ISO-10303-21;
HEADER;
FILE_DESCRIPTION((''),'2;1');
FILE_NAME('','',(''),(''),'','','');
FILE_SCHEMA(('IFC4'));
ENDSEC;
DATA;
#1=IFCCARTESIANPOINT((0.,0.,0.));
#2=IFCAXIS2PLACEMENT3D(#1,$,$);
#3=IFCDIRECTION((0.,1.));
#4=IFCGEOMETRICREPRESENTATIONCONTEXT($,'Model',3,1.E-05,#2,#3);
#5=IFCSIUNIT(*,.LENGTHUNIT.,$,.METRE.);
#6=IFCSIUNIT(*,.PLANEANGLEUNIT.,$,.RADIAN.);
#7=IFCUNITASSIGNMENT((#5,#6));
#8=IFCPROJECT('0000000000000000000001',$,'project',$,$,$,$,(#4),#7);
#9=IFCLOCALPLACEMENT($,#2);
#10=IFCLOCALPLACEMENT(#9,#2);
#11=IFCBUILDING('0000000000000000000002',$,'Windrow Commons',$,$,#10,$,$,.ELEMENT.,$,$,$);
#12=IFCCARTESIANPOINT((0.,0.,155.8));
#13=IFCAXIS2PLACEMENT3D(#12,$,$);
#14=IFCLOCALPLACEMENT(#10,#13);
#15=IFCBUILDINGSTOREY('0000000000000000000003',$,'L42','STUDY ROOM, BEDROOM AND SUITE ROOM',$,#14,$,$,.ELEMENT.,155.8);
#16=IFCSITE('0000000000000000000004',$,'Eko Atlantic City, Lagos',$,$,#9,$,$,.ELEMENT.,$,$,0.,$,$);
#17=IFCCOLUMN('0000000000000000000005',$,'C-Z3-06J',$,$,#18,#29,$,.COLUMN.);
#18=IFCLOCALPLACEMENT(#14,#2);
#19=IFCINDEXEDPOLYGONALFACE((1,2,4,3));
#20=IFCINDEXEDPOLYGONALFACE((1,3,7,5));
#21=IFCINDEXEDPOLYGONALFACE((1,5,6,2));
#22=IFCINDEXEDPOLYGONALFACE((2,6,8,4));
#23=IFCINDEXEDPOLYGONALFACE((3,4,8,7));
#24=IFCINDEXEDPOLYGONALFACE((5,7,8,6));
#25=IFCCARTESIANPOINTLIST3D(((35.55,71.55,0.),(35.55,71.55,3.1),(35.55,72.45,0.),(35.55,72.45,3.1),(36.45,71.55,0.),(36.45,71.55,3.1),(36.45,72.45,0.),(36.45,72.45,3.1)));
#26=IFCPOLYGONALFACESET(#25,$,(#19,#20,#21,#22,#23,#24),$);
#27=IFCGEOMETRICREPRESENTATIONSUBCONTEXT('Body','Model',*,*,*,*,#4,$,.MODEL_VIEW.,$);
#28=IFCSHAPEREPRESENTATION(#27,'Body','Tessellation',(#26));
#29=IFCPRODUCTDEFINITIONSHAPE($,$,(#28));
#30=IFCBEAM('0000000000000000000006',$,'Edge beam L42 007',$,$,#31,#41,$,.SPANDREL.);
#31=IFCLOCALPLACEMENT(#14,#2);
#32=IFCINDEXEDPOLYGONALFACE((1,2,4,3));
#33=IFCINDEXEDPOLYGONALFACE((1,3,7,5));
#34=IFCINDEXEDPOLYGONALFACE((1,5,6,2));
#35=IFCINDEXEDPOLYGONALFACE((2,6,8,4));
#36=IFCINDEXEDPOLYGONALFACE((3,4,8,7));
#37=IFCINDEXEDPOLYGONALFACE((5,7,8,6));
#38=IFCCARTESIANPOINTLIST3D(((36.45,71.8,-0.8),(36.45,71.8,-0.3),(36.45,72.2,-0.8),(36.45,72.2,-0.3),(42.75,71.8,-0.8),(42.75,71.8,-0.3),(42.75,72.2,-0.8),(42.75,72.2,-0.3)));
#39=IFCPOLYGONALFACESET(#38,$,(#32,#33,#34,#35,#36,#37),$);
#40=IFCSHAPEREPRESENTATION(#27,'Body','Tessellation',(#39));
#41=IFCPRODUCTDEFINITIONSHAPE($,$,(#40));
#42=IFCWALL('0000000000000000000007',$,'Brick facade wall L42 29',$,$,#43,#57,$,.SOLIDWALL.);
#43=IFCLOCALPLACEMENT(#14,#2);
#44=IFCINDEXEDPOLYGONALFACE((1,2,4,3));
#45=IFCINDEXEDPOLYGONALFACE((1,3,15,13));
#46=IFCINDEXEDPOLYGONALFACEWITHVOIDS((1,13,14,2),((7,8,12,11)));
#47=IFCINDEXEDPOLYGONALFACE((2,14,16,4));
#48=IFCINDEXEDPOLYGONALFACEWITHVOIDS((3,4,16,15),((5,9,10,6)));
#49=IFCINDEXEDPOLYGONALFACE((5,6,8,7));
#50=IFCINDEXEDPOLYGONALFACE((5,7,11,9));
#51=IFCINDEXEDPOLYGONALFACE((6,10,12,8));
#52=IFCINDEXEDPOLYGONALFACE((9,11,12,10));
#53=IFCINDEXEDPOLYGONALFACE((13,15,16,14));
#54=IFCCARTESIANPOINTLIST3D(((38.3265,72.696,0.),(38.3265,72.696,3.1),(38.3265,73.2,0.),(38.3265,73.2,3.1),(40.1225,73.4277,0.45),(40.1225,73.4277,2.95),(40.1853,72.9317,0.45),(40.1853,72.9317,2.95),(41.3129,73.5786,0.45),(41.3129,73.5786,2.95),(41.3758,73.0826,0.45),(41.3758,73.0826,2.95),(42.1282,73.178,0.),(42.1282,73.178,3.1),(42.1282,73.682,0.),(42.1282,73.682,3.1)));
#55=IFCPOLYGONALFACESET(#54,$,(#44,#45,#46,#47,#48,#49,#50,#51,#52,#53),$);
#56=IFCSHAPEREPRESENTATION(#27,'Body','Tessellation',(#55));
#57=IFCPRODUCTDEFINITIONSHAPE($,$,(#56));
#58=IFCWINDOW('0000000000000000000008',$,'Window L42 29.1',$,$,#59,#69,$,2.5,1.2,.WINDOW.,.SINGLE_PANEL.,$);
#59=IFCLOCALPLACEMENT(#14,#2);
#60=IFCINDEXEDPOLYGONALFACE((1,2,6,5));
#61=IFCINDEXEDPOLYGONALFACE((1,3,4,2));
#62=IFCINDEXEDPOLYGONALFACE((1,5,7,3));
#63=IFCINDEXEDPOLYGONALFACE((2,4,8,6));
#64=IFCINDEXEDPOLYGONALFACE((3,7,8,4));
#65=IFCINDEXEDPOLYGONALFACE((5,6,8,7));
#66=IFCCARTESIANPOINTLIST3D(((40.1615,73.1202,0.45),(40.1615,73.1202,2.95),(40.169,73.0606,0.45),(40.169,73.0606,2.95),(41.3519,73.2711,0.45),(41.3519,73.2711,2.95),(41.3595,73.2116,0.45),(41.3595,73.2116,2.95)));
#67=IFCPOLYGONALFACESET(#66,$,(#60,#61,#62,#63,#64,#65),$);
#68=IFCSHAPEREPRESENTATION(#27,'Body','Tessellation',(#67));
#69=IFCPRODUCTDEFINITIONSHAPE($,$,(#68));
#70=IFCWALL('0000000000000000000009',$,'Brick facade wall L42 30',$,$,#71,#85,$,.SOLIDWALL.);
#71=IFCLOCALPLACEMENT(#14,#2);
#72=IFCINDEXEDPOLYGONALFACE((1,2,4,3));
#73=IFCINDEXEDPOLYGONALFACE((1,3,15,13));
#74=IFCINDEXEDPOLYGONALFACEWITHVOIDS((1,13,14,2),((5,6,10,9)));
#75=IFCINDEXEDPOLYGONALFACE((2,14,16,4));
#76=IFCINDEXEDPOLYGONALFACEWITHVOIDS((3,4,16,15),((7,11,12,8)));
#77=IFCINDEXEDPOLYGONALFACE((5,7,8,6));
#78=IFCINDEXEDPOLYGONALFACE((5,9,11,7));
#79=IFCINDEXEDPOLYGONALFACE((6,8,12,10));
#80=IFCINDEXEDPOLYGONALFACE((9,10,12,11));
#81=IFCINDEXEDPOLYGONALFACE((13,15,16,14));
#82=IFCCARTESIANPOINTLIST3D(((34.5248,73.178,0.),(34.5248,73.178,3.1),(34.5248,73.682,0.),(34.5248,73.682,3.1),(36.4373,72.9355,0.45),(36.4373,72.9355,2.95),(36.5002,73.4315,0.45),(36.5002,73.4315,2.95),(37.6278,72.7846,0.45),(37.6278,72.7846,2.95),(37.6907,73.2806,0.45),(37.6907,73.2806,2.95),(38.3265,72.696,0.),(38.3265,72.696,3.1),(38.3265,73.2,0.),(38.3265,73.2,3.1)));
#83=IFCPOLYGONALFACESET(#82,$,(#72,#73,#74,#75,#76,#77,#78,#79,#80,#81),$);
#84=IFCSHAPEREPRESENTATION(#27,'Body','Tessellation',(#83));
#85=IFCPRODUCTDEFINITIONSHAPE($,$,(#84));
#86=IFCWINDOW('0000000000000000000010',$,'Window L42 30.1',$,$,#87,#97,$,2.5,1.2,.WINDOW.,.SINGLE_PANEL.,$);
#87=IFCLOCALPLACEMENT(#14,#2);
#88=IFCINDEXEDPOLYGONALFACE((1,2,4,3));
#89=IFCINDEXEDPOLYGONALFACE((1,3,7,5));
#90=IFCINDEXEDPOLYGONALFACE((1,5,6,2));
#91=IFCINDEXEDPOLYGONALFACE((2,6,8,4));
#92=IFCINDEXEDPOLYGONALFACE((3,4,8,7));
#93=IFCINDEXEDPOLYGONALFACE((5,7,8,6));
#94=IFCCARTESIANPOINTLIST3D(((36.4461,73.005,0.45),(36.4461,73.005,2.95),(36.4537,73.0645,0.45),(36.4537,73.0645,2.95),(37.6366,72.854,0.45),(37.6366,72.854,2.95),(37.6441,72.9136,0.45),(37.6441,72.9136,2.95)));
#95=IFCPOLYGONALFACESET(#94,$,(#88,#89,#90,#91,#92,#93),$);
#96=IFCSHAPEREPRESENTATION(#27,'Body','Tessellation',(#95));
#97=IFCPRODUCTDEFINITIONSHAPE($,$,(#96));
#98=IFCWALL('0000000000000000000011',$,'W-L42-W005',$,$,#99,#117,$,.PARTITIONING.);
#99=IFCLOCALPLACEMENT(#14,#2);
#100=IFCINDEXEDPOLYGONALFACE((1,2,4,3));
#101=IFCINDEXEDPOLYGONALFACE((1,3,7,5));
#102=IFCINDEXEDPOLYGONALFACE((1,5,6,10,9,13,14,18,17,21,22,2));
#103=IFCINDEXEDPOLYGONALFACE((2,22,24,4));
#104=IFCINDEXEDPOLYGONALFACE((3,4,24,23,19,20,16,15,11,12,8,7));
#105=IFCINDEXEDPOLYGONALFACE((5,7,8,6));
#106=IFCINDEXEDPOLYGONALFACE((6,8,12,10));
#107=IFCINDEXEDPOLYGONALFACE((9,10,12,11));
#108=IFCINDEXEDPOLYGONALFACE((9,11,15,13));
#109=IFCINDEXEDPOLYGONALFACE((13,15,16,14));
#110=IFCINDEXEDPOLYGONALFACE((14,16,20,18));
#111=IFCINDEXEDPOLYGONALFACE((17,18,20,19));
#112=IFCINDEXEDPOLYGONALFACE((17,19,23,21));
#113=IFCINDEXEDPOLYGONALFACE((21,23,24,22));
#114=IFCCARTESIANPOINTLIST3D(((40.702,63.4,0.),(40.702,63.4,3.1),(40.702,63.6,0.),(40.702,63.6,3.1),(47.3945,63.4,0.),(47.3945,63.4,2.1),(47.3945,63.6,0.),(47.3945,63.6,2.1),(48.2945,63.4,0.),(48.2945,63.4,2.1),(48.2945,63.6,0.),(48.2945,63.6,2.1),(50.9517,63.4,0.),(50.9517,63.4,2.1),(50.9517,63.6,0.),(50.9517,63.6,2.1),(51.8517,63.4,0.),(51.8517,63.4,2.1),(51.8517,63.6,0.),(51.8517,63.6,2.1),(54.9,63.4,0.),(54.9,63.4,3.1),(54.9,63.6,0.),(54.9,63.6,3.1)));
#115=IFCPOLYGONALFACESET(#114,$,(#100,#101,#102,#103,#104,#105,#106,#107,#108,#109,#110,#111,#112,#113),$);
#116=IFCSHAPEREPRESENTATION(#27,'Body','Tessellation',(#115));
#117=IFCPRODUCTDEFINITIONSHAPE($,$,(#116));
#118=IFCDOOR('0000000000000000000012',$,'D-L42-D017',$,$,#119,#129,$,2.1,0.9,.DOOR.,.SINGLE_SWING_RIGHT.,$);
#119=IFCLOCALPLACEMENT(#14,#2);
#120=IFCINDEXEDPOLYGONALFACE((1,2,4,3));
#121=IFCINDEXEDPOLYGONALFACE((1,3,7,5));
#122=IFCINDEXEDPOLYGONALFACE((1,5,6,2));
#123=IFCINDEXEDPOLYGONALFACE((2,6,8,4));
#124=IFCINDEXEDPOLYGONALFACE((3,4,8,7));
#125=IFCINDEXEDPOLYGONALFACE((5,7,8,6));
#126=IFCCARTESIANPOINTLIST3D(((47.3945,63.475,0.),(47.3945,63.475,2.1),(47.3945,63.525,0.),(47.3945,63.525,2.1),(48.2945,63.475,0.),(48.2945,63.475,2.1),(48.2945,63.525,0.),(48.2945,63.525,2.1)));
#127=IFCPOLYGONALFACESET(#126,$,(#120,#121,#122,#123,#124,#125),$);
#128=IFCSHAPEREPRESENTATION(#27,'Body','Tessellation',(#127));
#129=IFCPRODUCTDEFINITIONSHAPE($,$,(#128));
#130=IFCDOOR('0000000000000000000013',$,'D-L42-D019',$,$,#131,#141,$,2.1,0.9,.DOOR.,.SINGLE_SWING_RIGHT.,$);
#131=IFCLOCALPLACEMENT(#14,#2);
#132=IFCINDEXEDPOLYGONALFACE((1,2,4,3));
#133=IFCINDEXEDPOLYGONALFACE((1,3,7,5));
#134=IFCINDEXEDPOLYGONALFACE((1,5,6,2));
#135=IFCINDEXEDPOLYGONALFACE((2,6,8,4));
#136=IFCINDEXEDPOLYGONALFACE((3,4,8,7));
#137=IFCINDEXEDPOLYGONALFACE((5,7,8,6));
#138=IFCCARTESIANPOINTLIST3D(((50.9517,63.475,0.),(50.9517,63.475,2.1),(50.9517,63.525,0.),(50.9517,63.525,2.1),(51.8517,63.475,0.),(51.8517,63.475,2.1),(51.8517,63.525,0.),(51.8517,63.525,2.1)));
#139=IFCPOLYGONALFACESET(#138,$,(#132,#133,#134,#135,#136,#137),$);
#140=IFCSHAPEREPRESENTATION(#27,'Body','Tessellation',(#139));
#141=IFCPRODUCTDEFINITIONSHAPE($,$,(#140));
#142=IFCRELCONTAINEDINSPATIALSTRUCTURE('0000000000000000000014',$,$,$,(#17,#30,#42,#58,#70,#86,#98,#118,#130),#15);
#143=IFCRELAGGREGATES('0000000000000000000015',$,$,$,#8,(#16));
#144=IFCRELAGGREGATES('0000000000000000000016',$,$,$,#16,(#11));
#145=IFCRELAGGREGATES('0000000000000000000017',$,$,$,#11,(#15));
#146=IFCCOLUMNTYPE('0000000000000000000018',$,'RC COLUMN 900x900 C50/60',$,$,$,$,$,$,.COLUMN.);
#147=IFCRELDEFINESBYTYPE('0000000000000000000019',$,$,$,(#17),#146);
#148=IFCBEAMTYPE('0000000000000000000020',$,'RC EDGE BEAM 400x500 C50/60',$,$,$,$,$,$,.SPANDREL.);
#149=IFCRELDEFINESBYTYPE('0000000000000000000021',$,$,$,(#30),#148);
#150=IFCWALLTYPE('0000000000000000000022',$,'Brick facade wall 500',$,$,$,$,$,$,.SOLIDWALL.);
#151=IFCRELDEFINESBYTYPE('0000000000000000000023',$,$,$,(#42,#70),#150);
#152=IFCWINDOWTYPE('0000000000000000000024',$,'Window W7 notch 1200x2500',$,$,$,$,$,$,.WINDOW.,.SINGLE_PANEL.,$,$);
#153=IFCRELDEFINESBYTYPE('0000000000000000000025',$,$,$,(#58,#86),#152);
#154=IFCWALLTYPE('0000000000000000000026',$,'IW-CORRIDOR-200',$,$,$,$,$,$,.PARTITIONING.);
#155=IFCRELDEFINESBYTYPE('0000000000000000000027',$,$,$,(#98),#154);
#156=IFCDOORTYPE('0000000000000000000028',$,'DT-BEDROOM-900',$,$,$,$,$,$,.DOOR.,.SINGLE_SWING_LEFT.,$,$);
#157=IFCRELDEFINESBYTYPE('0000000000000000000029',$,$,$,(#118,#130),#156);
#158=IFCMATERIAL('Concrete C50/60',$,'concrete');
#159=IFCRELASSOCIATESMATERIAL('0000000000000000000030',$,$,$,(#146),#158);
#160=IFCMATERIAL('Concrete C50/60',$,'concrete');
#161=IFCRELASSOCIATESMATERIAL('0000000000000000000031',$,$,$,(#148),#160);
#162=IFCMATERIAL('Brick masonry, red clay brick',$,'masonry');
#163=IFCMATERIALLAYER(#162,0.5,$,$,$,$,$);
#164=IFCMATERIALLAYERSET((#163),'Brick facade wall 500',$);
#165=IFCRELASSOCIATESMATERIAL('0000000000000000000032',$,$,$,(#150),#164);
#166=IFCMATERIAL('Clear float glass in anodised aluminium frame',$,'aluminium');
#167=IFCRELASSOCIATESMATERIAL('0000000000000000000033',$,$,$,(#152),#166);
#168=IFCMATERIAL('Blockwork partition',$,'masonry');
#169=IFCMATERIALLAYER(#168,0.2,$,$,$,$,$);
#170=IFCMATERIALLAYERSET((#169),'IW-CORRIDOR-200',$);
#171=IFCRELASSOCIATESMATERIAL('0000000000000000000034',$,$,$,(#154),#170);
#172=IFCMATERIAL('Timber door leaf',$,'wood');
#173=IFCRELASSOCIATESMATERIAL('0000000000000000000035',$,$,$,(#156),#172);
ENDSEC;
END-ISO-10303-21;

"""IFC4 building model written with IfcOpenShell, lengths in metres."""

from ifc_helpers import new_model, si_unit, direction, frame, frame_2d, origin, origin_2d, place, context, subcontext, project, spatial, polyline, rectangle, outline, extrude, material, layer, layer_set, material_profile, profile_set, type_object, element, fill, save


model = new_model("IFC4")

# Units and contexts
model_context = context("Model", 3, precision=1e-05, world=origin(), true_north=direction((0.0, 1.0)))
body_context = subcontext(model_context, "Body", "Model", "MODEL_VIEW")
ifc_project = project(units=[si_unit("LENGTHUNIT", "METRE"), si_unit("PLANEANGLEUNIT", "RADIAN")], contexts=[model_context])

# Site, building, storey
site_placement = place(None, origin())
site = spatial("IfcSite", under=ifc_project, at=site_placement, Name="Eko Atlantic City, Lagos", CompositionType="ELEMENT", RefElevation=0.0)
building_placement = place(site_placement, origin())
building = spatial("IfcBuilding", under=site, at=building_placement, Name="Windrow Commons", CompositionType="ELEMENT")
storey_placement = place(building_placement, frame((0.0, 0.0, 155.8)))
storey = spatial("IfcBuildingStorey", under=building, at=storey_placement, Name="L42", Description="STUDY ROOM, BEDROOM AND SUITE ROOM", CompositionType="ELEMENT", Elevation=155.8)

# Column
ifc_material_1 = material(Name="Concrete C50/60", Category="concrete")
ifc_material_profile_1 = material_profile(ifc_material_1, rectangle(XDim=0.9, YDim=0.9, at=origin_2d()))
ifc_profile_set_1 = profile_set([ifc_material_profile_1], Name="Concrete C50/60")
column_type = type_object("IfcColumnType", Name="RC COLUMN 900x900 C50/60", PredefinedType="COLUMN", material=ifc_profile_set_1)
column_placement = place(storey_placement, frame((36.0, 72.0, 0.0), z_axis=(0.0, 0.0, 1.0), x_axis=(1.0, 0.0, 0.0)))
element("IfcColumn", 1, at=column_placement, inside=storey, type_object=column_type, Name="C-Z3-06J", PredefinedType="COLUMN", context=body_context, shape_type="SweptSolid", body=[
    extrude(rectangle(XDim=0.9, YDim=0.9, at=origin_2d()), origin(), (0.0, 0.0, 1.0), 3.1),
])

# Beam
ifc_material_2 = material(Name="Concrete C50/60", Category="concrete")
ifc_material_profile_2 = material_profile(ifc_material_2, rectangle(XDim=0.4, YDim=0.5, at=origin_2d()))
ifc_profile_set_2 = profile_set([ifc_material_profile_2], Name="Concrete C50/60")
beam_type = type_object("IfcBeamType", Name="RC EDGE BEAM 400x500 C50/60", PredefinedType="SPANDREL", material=ifc_profile_set_2)
beam_placement = place(storey_placement, frame((36.45, 72.0, -0.55), z_axis=(1.0, 0.0, 0.0), x_axis=(0.0, 1.0, 0.0)))
element("IfcBeam", 2, at=beam_placement, inside=storey, type_object=beam_type, Name="Edge beam L42 007", PredefinedType="SPANDREL", context=body_context, shape_type="SweptSolid", body=[
    extrude(rectangle(XDim=0.4, YDim=0.5, at=origin_2d()), origin(), (0.0, 0.0, 1.0), 6.3),
])

# Walls, openings, windows
ifc_material_3 = material(Name="Brick masonry, red clay brick", Category="masonry")
ifc_layer_1 = layer(ifc_material_3, 0.5)
ifc_layer_set_1 = layer_set([ifc_layer_1], Name="Brick facade wall 500")
wall_type_1 = type_object("IfcWallType", Name="Brick facade wall 500", PredefinedType="SOLIDWALL", material=ifc_layer_set_1)
wall_1_placement = place(storey_placement, frame((42.1282, 73.43, 0.0), z_axis=(0.0, 0.0, 1.0), x_axis=(-0.992058, -0.125779, 0.0)))
wall_1 = element("IfcWall", 3, at=wall_1_placement, inside=storey, type_object=wall_type_1, Name="Brick facade wall L42 29", PredefinedType="SOLIDWALL", context=body_context, shape_type="SweptSolid", body=[
    extrude(outline(polyline([(-0.0317, -0.25), (3.8004, -0.25), (3.8638, 0.25), (0.0317, 0.25), (-0.0317, -0.25)])), origin(), (0.0, 0.0, 1.0), 3.1),
])
opening_1_placement = place(wall_1_placement, frame((0.7901, 0.0, 0.45)))
opening_1 = element("IfcOpeningElement", 4, at=opening_1_placement, cuts=wall_1, PredefinedType="OPENING", context=body_context, shape_type="SweptSolid", body=[
    extrude(rectangle(XDim=1.2, YDim=2.5, at=frame_2d((0.6, 1.25))), frame((0.0, 0.26, 0.0), z_axis=(0.0, -1.0, 0.0), x_axis=(1.0, 0.0, 0.0)), (0.0, 0.0, 1.0), 0.52),
])
ifc_material_4 = material(Name="Clear float glass in anodised aluminium frame", Category="aluminium")
window_type = type_object("IfcWindowType", Name="Window W7 notch 1200x2500", PartitioningType="SINGLE_PANEL", PredefinedType="WINDOW", material=ifc_material_4)
window_1_placement = place(opening_1_placement, origin())
window_1 = element("IfcWindow", 5, at=window_1_placement, inside=storey, type_object=window_type, Name="Window L42 29.1", OverallHeight=2.5, OverallWidth=1.2, PartitioningType="SINGLE_PANEL", PredefinedType="WINDOW", context=body_context, shape_type="SweptSolid", body=[
    extrude(rectangle(XDim=1.2, YDim=2.5, at=frame_2d((0.6, 1.25))), frame((0.0, 0.12, 0.0), z_axis=(0.0, -1.0, 0.0), x_axis=(1.0, 0.0, 0.0)), (0.0, 0.0, 1.0), 0.06),
])
fill(opening_1, window_1)
wall_2_placement = place(storey_placement, frame((38.3265, 72.948, 0.0), z_axis=(0.0, 0.0, 1.0), x_axis=(-0.992058, 0.125779, 0.0)))
wall_2 = element("IfcWall", 6, at=wall_2_placement, inside=storey, type_object=wall_type_1, Name="Brick facade wall L42 30", PredefinedType="SOLIDWALL", context=body_context, shape_type="SweptSolid", body=[
    extrude(outline(polyline([(0.0317, -0.25), (3.8638, -0.25), (3.8004, 0.25), (-0.0317, 0.25), (0.0317, -0.25)])), origin(), (0.0, 0.0, 1.0), 3.1),
])
opening_2_placement = place(wall_2_placement, frame((0.6726, 0.0, 0.45)))
opening_2 = element("IfcOpeningElement", 7, at=opening_2_placement, cuts=wall_2, PredefinedType="OPENING", context=body_context, shape_type="SweptSolid", body=[
    extrude(rectangle(XDim=1.2, YDim=2.5, at=frame_2d((0.6, 1.25))), frame((0.0, 0.26, 0.0), z_axis=(0.0, -1.0, 0.0), x_axis=(1.0, 0.0, 0.0)), (0.0, 0.0, 1.0), 0.52),
])
window_2_placement = place(opening_2_placement, origin())
window_2 = element("IfcWindow", 8, at=window_2_placement, inside=storey, type_object=window_type, Name="Window L42 30.1", OverallHeight=2.5, OverallWidth=1.2, PartitioningType="SINGLE_PANEL", PredefinedType="WINDOW", context=body_context, shape_type="SweptSolid", body=[
    extrude(rectangle(XDim=1.2, YDim=2.5, at=frame_2d((0.6, 1.25))), frame((0.0, 0.18, 0.0), z_axis=(0.0, -1.0, 0.0), x_axis=(1.0, 0.0, 0.0)), (0.0, 0.0, 1.0), 0.06),
])
fill(opening_2, window_2)

# Wall, openings, doors
ifc_material_5 = material(Name="Blockwork partition", Category="masonry")
ifc_layer_2 = layer(ifc_material_5, 0.2)
ifc_layer_set_2 = layer_set([ifc_layer_2], Name="IW-CORRIDOR-200")
wall_type_2 = type_object("IfcWallType", Name="IW-CORRIDOR-200", PredefinedType="PARTITIONING", material=ifc_layer_set_2)
wall_3_placement = place(storey_placement, frame((40.702, 63.5, 0.0), z_axis=(0.0, 0.0, 1.0), x_axis=(1.0, 0.0, 0.0)))
wall_3 = element("IfcWall", 9, at=wall_3_placement, inside=storey, type_object=wall_type_2, Name="W-L42-W005", PredefinedType="PARTITIONING", context=body_context, shape_type="SweptSolid", body=[
    extrude(rectangle(XDim=14.198, YDim=0.2, at=frame_2d((7.099, 0.0))), origin(), (0.0, 0.0, 1.0), 3.1),
])
opening_3_placement = place(wall_3_placement, frame((6.6925, 0.0, 0.0)))
opening_3 = element("IfcOpeningElement", 10, at=opening_3_placement, cuts=wall_3, PredefinedType="OPENING", context=body_context, shape_type="SweptSolid", body=[
    extrude(rectangle(XDim=0.9, YDim=2.1, at=frame_2d((0.45, 1.05))), frame((0.0, 0.11, 0.0), z_axis=(0.0, -1.0, 0.0), x_axis=(1.0, 0.0, 0.0)), (0.0, 0.0, 1.0), 0.22),
])
opening_4_placement = place(wall_3_placement, frame((10.2497, 0.0, 0.0)))
opening_4 = element("IfcOpeningElement", 11, at=opening_4_placement, cuts=wall_3, PredefinedType="OPENING", context=body_context, shape_type="SweptSolid", body=[
    extrude(rectangle(XDim=0.9, YDim=2.1, at=frame_2d((0.45, 1.05))), frame((0.0, 0.11, 0.0), z_axis=(0.0, -1.0, 0.0), x_axis=(1.0, 0.0, 0.0)), (0.0, 0.0, 1.0), 0.22),
])
ifc_material_6 = material(Name="Timber door leaf", Category="wood")
door_type_1 = type_object("IfcDoorType", Name="DT-BEDROOM-900", OperationType="SINGLE_SWING_LEFT", PredefinedType="DOOR", material=ifc_material_6)
door_1_placement = place(opening_3_placement, origin())
door_1 = element("IfcDoor", 12, at=door_1_placement, inside=storey, type_object=door_type_1, Name="D-L42-D017", OperationType="SINGLE_SWING_RIGHT", OverallHeight=2.1, OverallWidth=0.9, PredefinedType="DOOR", context=body_context, shape_type="SweptSolid", body=[
    extrude(rectangle(XDim=0.9, YDim=2.1, at=frame_2d((0.45, 1.05))), frame((0.0, 0.025, 0.0), z_axis=(0.0, -1.0, 0.0), x_axis=(1.0, 0.0, 0.0)), (0.0, 0.0, 1.0), 0.05),
])
fill(opening_3, door_1)
door_2_placement = place(opening_4_placement, origin())
door_2 = element("IfcDoor", 13, at=door_2_placement, inside=storey, type_object=door_type_1, Name="D-L42-D019", OperationType="SINGLE_SWING_RIGHT", OverallHeight=2.1, OverallWidth=0.9, PredefinedType="DOOR", context=body_context, shape_type="SweptSolid", body=[
    extrude(rectangle(XDim=0.9, YDim=2.1, at=frame_2d((0.45, 1.05))), frame((0.0, 0.025, 0.0), z_axis=(0.0, -1.0, 0.0), x_axis=(1.0, 0.0, 0.0)), (0.0, 0.0, 1.0), 0.05),
])
fill(opening_4, door_2)

save(model, "model.ifc")
